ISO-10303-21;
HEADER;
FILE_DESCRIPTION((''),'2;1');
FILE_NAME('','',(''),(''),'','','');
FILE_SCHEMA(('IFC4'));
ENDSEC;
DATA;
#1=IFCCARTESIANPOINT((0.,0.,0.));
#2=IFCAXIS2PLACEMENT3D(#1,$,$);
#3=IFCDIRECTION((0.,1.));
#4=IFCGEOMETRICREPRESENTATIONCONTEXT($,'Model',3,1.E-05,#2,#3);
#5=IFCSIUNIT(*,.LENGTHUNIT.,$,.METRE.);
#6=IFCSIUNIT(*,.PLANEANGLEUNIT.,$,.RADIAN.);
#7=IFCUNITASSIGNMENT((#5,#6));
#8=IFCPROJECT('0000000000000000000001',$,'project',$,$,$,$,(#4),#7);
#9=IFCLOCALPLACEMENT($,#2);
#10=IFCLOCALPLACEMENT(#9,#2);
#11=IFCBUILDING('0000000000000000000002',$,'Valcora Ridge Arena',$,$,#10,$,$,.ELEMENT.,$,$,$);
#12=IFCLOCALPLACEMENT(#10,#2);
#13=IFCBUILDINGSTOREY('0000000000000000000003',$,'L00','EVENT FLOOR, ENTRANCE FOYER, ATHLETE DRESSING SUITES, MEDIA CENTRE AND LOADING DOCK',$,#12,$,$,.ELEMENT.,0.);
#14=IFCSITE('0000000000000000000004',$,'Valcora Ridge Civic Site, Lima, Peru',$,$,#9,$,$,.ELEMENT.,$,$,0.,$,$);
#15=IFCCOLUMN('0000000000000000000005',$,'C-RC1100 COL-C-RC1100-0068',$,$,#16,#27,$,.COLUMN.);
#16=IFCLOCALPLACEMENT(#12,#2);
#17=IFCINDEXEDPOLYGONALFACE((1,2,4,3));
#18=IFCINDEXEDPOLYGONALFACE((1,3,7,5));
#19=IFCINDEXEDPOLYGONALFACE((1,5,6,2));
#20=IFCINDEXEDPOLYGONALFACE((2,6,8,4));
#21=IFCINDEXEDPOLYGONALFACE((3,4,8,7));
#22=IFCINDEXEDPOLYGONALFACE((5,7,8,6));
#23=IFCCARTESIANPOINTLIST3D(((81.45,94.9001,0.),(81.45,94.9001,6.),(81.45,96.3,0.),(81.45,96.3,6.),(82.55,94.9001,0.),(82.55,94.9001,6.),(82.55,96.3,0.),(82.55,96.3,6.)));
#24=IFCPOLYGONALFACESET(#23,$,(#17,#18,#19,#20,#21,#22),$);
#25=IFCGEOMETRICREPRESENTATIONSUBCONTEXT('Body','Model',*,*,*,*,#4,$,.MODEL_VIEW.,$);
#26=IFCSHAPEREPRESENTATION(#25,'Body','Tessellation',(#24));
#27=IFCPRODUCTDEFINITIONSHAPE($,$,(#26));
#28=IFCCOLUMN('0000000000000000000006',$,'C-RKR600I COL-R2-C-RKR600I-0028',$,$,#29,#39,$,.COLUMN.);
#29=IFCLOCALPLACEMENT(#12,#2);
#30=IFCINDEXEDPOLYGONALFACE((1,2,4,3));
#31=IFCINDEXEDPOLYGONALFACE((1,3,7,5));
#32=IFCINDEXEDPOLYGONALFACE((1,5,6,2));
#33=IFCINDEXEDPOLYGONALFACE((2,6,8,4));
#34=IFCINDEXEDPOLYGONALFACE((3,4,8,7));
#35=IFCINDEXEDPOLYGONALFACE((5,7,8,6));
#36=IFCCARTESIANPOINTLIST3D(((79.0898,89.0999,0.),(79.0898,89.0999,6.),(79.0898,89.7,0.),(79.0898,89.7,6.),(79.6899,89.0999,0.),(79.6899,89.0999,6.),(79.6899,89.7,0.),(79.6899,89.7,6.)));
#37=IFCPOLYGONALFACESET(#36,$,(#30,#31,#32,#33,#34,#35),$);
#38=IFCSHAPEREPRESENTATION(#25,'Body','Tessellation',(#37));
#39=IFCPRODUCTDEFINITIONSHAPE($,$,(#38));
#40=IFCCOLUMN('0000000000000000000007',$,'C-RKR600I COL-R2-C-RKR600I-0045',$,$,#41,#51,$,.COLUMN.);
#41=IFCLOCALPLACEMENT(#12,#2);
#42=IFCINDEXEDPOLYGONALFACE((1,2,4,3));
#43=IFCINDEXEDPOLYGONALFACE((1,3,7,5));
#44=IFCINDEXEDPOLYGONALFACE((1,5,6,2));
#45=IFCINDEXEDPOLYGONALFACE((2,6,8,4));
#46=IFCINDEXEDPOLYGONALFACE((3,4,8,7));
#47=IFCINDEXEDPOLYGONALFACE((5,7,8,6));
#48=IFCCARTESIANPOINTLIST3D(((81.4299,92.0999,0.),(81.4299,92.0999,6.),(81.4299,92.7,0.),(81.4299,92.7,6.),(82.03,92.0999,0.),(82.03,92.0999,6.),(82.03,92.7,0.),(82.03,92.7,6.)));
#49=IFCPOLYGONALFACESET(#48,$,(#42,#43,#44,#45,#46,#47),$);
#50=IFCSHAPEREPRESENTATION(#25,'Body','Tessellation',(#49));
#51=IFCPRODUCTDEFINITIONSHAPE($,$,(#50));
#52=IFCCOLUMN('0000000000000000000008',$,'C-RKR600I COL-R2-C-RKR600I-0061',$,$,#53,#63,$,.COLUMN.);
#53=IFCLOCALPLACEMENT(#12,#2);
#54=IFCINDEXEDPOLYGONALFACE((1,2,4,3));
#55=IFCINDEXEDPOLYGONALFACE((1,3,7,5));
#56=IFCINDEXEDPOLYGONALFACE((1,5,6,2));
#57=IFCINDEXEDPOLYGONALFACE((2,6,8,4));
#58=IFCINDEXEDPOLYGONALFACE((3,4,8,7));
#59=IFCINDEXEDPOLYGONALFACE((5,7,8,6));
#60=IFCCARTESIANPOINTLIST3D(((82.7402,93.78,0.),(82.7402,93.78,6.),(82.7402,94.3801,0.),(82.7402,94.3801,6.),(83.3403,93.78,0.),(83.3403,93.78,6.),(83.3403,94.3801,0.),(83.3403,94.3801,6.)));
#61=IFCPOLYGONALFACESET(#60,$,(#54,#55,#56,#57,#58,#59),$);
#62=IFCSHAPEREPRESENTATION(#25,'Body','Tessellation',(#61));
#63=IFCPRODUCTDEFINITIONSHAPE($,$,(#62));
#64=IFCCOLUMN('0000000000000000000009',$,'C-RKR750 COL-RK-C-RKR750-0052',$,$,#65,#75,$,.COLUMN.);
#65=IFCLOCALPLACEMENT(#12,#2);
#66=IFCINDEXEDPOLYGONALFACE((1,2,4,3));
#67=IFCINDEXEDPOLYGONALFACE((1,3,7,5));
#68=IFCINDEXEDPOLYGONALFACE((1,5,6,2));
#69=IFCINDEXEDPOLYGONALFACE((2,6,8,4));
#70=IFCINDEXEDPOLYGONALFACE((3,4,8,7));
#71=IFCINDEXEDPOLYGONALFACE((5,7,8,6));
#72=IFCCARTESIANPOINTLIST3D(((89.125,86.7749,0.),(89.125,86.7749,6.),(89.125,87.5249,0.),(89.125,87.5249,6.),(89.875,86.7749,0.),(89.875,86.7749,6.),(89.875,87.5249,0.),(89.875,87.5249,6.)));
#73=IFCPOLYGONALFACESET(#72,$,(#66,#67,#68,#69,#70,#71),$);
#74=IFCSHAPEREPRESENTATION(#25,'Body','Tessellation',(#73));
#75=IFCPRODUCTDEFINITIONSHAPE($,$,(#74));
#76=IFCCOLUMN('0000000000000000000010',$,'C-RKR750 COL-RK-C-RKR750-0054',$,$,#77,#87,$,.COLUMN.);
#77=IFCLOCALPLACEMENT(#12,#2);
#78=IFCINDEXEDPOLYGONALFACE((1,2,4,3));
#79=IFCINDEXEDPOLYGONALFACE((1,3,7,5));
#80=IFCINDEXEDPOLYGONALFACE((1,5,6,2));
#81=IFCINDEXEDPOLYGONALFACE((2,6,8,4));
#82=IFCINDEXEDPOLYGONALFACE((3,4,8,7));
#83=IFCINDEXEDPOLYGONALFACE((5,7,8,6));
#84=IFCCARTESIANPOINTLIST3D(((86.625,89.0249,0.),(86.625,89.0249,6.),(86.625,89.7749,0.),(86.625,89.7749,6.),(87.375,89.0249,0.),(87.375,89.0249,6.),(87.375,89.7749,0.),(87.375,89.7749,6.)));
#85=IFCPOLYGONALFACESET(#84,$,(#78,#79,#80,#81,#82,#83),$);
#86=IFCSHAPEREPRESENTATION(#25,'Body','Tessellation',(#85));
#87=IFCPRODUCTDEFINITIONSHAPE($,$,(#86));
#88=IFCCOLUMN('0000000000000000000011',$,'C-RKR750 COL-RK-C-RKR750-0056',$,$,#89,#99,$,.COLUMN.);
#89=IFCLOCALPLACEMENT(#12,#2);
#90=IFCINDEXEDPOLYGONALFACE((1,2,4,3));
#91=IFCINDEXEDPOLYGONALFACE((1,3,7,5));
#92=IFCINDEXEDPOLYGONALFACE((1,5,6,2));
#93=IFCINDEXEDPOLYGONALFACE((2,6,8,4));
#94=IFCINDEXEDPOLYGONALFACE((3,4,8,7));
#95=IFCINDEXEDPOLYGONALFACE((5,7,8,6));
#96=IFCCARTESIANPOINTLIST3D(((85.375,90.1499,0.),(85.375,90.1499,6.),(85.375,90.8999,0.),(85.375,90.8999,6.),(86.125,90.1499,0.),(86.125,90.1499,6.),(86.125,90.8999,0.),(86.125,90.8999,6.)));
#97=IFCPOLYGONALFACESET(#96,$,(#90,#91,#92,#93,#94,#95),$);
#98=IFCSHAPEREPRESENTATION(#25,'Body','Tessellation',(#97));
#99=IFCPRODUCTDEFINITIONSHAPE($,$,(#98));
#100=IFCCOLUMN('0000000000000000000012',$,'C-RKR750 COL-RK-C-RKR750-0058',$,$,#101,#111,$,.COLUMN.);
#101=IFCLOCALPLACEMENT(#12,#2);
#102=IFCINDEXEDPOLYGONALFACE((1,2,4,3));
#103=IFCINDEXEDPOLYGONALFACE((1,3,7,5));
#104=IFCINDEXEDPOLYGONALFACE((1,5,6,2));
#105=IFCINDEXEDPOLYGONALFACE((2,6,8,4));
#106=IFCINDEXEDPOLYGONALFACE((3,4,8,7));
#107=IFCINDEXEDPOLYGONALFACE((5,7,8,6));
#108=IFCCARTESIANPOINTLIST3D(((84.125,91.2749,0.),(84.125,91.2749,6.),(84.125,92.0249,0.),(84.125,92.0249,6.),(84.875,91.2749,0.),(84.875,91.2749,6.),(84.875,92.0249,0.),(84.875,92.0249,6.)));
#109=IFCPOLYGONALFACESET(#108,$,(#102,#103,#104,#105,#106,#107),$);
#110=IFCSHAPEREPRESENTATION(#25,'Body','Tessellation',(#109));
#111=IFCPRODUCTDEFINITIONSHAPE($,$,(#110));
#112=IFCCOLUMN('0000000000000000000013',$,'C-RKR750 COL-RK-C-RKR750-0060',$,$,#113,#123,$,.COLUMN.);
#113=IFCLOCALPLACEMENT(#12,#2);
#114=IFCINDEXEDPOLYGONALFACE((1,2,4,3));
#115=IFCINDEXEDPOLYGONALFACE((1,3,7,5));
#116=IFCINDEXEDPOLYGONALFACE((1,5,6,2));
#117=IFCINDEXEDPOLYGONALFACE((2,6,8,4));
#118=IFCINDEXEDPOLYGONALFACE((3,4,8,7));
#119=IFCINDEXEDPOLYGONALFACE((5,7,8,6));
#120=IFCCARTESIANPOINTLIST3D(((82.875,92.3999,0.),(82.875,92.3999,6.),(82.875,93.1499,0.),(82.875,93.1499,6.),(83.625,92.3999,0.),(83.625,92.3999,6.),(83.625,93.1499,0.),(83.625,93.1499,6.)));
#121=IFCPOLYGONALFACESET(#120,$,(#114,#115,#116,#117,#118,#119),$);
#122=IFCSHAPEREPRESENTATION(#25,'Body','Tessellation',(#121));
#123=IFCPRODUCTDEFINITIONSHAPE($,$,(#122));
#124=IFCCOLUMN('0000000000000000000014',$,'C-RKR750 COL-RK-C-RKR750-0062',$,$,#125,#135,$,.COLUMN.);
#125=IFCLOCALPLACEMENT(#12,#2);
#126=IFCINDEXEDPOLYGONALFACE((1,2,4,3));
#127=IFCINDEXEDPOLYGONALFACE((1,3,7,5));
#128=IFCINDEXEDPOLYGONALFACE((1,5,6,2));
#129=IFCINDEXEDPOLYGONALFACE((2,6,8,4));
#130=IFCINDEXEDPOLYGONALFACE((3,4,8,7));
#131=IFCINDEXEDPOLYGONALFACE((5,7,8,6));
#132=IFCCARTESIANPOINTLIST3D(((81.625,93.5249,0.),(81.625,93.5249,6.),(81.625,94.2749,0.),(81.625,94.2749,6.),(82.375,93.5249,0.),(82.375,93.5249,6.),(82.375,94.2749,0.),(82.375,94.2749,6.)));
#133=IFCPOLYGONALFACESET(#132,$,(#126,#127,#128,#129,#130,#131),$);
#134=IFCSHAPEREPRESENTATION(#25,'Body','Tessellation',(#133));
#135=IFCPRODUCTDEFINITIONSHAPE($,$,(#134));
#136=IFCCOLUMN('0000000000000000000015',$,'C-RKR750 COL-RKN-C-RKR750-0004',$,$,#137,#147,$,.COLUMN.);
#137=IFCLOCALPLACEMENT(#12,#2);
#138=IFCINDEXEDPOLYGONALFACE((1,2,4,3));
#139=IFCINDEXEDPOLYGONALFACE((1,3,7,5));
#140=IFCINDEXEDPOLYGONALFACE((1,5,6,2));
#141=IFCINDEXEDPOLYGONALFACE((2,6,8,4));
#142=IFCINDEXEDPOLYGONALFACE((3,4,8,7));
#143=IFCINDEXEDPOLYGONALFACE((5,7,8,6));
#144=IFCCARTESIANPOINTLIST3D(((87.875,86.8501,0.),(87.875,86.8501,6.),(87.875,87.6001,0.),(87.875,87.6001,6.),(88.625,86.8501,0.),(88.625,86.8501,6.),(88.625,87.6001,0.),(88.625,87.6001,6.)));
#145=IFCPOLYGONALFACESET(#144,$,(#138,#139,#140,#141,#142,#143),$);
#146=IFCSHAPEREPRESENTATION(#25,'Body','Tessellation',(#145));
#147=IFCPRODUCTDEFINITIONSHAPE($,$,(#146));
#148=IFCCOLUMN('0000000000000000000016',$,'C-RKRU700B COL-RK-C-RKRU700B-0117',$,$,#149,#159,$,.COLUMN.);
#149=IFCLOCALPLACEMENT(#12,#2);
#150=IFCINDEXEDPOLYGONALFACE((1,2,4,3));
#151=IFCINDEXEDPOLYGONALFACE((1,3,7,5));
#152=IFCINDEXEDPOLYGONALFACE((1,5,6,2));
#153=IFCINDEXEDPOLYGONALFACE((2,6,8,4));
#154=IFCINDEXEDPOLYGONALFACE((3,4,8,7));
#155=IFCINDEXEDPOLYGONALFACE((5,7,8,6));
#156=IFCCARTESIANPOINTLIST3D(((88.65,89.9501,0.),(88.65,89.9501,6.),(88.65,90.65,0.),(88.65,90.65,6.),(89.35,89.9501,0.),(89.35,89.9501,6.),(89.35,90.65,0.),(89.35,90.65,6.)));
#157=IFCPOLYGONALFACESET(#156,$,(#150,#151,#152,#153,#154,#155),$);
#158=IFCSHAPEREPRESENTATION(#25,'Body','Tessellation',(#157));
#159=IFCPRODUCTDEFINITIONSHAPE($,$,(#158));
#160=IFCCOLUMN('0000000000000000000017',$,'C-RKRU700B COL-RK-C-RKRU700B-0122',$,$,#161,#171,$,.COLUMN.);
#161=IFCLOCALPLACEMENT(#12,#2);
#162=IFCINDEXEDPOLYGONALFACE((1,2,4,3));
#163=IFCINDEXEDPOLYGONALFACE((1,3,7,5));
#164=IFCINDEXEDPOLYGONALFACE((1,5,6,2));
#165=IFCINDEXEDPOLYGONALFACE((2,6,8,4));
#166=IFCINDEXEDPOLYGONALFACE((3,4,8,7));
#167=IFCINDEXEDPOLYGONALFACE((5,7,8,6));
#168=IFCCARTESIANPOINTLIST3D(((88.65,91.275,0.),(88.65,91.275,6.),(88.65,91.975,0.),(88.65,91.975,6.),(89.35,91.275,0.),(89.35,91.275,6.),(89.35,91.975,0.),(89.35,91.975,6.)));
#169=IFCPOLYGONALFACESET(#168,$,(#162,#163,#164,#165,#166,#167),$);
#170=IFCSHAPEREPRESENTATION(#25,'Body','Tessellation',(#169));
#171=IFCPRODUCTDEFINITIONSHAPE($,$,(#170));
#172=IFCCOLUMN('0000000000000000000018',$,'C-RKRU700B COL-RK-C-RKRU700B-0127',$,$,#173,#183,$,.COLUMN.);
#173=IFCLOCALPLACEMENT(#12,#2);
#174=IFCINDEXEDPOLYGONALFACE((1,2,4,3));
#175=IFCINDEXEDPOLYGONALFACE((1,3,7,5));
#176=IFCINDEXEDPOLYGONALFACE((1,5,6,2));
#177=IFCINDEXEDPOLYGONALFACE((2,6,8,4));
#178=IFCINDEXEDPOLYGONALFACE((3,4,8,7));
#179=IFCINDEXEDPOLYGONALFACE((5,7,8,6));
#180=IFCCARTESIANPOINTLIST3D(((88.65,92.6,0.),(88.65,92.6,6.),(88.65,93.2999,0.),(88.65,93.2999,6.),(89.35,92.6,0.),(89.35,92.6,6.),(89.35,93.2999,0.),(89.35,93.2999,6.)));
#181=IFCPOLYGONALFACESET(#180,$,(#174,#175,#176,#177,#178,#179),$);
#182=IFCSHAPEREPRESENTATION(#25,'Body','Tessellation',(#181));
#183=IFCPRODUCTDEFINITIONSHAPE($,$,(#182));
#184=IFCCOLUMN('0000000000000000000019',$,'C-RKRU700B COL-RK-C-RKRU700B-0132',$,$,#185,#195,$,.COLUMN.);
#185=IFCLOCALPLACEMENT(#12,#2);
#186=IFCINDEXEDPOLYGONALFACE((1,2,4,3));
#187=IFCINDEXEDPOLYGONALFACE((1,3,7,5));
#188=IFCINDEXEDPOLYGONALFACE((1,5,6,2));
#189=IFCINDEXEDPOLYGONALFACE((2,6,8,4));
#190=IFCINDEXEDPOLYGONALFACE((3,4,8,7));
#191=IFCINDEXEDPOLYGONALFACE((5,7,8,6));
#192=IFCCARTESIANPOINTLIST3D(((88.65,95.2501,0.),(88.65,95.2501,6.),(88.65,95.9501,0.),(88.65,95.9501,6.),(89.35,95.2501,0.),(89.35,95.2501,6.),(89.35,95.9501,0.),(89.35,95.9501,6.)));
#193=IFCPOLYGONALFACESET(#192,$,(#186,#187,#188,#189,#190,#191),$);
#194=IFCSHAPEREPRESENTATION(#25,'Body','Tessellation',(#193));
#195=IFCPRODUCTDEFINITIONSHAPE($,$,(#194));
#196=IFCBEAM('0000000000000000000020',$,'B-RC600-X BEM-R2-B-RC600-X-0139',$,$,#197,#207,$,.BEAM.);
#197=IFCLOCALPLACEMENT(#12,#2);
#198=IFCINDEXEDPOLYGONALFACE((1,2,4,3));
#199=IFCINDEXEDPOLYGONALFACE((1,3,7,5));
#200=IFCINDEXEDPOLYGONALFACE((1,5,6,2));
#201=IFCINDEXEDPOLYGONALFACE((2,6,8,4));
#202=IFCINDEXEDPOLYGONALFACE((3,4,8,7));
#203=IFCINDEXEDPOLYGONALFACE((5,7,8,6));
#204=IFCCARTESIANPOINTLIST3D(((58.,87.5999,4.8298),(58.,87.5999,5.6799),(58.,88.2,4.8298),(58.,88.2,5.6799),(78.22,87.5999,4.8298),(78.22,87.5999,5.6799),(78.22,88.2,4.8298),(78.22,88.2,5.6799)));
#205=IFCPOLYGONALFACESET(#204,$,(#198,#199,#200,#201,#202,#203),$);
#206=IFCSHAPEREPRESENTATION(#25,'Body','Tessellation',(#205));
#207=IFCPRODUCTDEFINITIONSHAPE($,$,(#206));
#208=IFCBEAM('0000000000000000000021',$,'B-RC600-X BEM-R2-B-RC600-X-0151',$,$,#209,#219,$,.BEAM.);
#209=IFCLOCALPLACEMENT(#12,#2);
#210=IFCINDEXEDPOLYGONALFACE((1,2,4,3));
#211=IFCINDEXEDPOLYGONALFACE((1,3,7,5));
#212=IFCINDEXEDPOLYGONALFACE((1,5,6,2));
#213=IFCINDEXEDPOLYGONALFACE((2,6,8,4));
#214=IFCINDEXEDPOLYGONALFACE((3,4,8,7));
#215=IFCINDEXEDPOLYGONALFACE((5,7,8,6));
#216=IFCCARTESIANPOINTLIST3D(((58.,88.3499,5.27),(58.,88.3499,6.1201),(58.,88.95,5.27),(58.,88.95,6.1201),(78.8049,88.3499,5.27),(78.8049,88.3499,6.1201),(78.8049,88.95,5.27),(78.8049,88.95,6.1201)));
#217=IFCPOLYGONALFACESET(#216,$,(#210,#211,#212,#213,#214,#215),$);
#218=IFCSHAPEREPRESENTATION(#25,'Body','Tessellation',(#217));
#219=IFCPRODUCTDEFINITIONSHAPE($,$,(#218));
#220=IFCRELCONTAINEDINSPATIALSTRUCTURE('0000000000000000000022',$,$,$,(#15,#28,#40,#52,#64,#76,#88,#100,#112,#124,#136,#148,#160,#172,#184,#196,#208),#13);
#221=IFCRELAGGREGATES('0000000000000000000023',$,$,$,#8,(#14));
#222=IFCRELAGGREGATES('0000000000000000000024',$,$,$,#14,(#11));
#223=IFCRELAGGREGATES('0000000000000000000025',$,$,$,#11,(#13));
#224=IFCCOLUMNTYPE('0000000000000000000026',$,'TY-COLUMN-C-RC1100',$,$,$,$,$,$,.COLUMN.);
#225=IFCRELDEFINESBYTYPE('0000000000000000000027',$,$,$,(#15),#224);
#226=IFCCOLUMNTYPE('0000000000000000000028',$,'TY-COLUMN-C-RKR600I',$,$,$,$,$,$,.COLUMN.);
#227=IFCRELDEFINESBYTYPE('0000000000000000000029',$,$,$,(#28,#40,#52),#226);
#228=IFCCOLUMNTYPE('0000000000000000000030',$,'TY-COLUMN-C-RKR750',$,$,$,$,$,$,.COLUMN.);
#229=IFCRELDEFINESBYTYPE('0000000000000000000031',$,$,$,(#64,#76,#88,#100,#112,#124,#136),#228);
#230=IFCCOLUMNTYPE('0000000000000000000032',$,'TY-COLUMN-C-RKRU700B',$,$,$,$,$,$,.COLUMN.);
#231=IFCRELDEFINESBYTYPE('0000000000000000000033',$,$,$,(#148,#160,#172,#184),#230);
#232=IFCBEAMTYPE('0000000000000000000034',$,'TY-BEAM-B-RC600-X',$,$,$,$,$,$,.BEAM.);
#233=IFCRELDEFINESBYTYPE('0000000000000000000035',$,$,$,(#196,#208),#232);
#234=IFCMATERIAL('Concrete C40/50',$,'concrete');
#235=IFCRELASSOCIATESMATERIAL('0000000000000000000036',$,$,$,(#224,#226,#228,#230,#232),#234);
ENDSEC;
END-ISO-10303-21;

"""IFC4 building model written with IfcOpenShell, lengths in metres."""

from ifc_helpers import new_model, si_unit, direction, frame, origin, origin_2d, place, context, subcontext, project, spatial, rectangle, extrude, material, material_profile, profile_set, type_object, element, save


model = new_model("IFC4")

# Units and contexts
model_context = context("Model", 3, precision=1e-05, world=origin(), true_north=direction((0.0, 1.0)))
body_context = subcontext(model_context, "Body", "Model", "MODEL_VIEW")
ifc_project = project(units=[si_unit("LENGTHUNIT", "METRE"), si_unit("PLANEANGLEUNIT", "RADIAN")], contexts=[model_context])

# Site, building, storey
site_placement = place(None, origin())
site = spatial("IfcSite", under=ifc_project, at=site_placement, Name="Valcora Ridge Civic Site, Lima, Peru", CompositionType="ELEMENT", RefElevation=0.0)
building_placement = place(site_placement, origin())
building = spatial("IfcBuilding", under=site, at=building_placement, Name="Valcora Ridge Arena", CompositionType="ELEMENT")
storey_placement = place(building_placement, origin())
storey = spatial("IfcBuildingStorey", under=building, at=storey_placement, Name="L00", Description="EVENT FLOOR, ENTRANCE FOYER, ATHLETE DRESSING SUITES, MEDIA CENTRE AND LOADING DOCK", CompositionType="ELEMENT", Elevation=0.0)

# Columns
ifc_material_1 = material(Name="Concrete C40/50", Category="concrete")
ifc_material_profile_1 = material_profile(ifc_material_1, rectangle(XDim=1.1001, YDim=1.3999, at=origin_2d()), Name="RC 1100x1400")
ifc_profile_set_1 = profile_set([ifc_material_profile_1], Name="Concrete C40/50")
column_type_1 = type_object("IfcColumnType", Name="TY-COLUMN-C-RC1100", PredefinedType="COLUMN", material=ifc_profile_set_1)
column_placement = place(storey_placement, frame((82.0, 95.6001, 0.0), z_axis=(0.0, 0.0, 1.0), x_axis=(1.0, 0.0, 0.0)))
element("IfcColumn", 1, at=column_placement, inside=storey, type_object=column_type_1, Name="C-RC1100 COL-C-RC1100-0068", PredefinedType="COLUMN", context=body_context, shape_type="SweptSolid", body=[
    extrude(rectangle(XDim=1.1001, YDim=1.3999, at=origin_2d()), origin(), (0.0, 0.0, 1.0), 6.0),
])
ifc_material_profile_2 = material_profile(ifc_material_1, rectangle(XDim=0.6001, YDim=0.6001, at=origin_2d()), Name="RC 600x600")
ifc_profile_set_2 = profile_set([ifc_material_profile_2], Name="Concrete C40/50")
column_type_2 = type_object("IfcColumnType", Name="TY-COLUMN-C-RKR600I", PredefinedType="COLUMN", material=ifc_profile_set_2)
for number, where, z_axis, x_axis, name in (
    (2, (79.3899, 89.3999, 0.0), (0.0, 0.0, 1.0), (1.0, 0.0, 0.0), "C-RKR600I COL-R2-C-RKR600I-0028"),
    (3, (81.73, 92.3999, 0.0), (0.0, 0.0, 1.0), (1.0, 0.0, 0.0), "C-RKR600I COL-R2-C-RKR600I-0045"),
    (4, (83.0403, 94.0801, 0.0), (0.0, 0.0, 1.0), (1.0, 0.0, 0.0), "C-RKR600I COL-R2-C-RKR600I-0061"),
):
    element("IfcColumn", number, at=place(storey_placement, frame(where, z_axis=z_axis, x_axis=x_axis)), inside=storey, type_object=column_type_2, Name=name, PredefinedType="COLUMN", context=body_context, shape_type="SweptSolid", body=[
        extrude(rectangle(XDim=0.6001, YDim=0.6001, at=origin_2d()), origin(), (0.0, 0.0, 1.0), 6.0),
    ])
ifc_material_profile_3 = material_profile(ifc_material_1, rectangle(XDim=0.75, YDim=0.75, at=origin_2d()), Name="RC 750x750")
ifc_profile_set_3 = profile_set([ifc_material_profile_3], Name="Concrete C40/50")
column_type_3 = type_object("IfcColumnType", Name="TY-COLUMN-C-RKR750", PredefinedType="COLUMN", material=ifc_profile_set_3)
for number, where, z_axis, x_axis, name in (
    (5, (89.5, 87.1499, 0.0), (0.0, 0.0, 1.0), (1.0, 0.0, 0.0), "C-RKR750 COL-RK-C-RKR750-0052"),
    (6, (87.0, 89.3999, 0.0), (0.0, 0.0, 1.0), (1.0, 0.0, 0.0), "C-RKR750 COL-RK-C-RKR750-0054"),
    (7, (85.75, 90.5249, 0.0), (0.0, 0.0, 1.0), (1.0, 0.0, 0.0), "C-RKR750 COL-RK-C-RKR750-0056"),
    (8, (84.5, 91.6499, 0.0), (0.0, 0.0, 1.0), (1.0, 0.0, 0.0), "C-RKR750 COL-RK-C-RKR750-0058"),
    (9, (83.25, 92.7749, 0.0), (0.0, 0.0, 1.0), (1.0, 0.0, 0.0), "C-RKR750 COL-RK-C-RKR750-0060"),
    (10, (82.0, 93.8999, 0.0), (0.0, 0.0, 1.0), (1.0, 0.0, 0.0), "C-RKR750 COL-RK-C-RKR750-0062"),
    (11, (88.25, 87.2251, 0.0), (0.0, 0.0, 1.0), (1.0, 0.0, 0.0), "C-RKR750 COL-RKN-C-RKR750-0004"),
):
    element("IfcColumn", number, at=place(storey_placement, frame(where, z_axis=z_axis, x_axis=x_axis)), inside=storey, type_object=column_type_3, Name=name, PredefinedType="COLUMN", context=body_context, shape_type="SweptSolid", body=[
        extrude(rectangle(XDim=0.75, YDim=0.75, at=origin_2d()), origin(), (0.0, 0.0, 1.0), 6.0),
    ])
ifc_material_profile_4 = material_profile(ifc_material_1, rectangle(XDim=0.7, YDim=0.7, at=origin_2d()), Name="RC 700x700")
ifc_profile_set_4 = profile_set([ifc_material_profile_4], Name="Concrete C40/50")
column_type_4 = type_object("IfcColumnType", Name="TY-COLUMN-C-RKRU700B", PredefinedType="COLUMN", material=ifc_profile_set_4)
for number, where, z_axis, x_axis, name in (
    (12, (89.0, 90.3, 0.0), (0.0, 0.0, 1.0), (1.0, 0.0, 0.0), "C-RKRU700B COL-RK-C-RKRU700B-0117"),
    (13, (89.0, 91.625, 0.0), (0.0, 0.0, 1.0), (1.0, 0.0, 0.0), "C-RKRU700B COL-RK-C-RKRU700B-0122"),
    (14, (89.0, 92.95, 0.0), (0.0, 0.0, 1.0), (1.0, 0.0, 0.0), "C-RKRU700B COL-RK-C-RKRU700B-0127"),
    (15, (89.0, 95.6001, 0.0), (0.0, 0.0, 1.0), (1.0, 0.0, 0.0), "C-RKRU700B COL-RK-C-RKRU700B-0132"),
):
    element("IfcColumn", number, at=place(storey_placement, frame(where, z_axis=z_axis, x_axis=x_axis)), inside=storey, type_object=column_type_4, Name=name, PredefinedType="COLUMN", context=body_context, shape_type="SweptSolid", body=[
        extrude(rectangle(XDim=0.7, YDim=0.7, at=origin_2d()), origin(), (0.0, 0.0, 1.0), 6.0),
    ])

# Beams
ifc_material_profile_5 = material_profile(ifc_material_1, rectangle(XDim=0.6001, YDim=0.8501, at=origin_2d()), Name="RC 600x850")
ifc_profile_set_5 = profile_set([ifc_material_profile_5], Name="Concrete C40/50")
beam_type_1 = type_object("IfcBeamType", Name="TY-BEAM-B-RC600-X", PredefinedType="BEAM", material=ifc_profile_set_5)
beam_1_placement = place(storey_placement, frame((78.22, 87.8999, 5.2549), z_axis=(-1.0, 0.0, 0.0), x_axis=(0.0, -1.0, 0.0)))
element("IfcBeam", 16, at=beam_1_placement, inside=storey, type_object=beam_type_1, Name="B-RC600-X BEM-R2-B-RC600-X-0139", PredefinedType="BEAM", context=body_context, shape_type="SweptSolid", body=[
    extrude(rectangle(XDim=0.6001, YDim=0.8501, at=origin_2d()), origin(), (0.0, 0.0, 1.0), 20.22),
])
beam_2_placement = place(storey_placement, frame((78.8049, 88.6499, 5.6951), z_axis=(-1.0, 0.0, 0.0), x_axis=(0.0, -1.0, 0.0)))
element("IfcBeam", 17, at=beam_2_placement, inside=storey, type_object=beam_type_1, Name="B-RC600-X BEM-R2-B-RC600-X-0151", PredefinedType="BEAM", context=body_context, shape_type="SweptSolid", body=[
    extrude(rectangle(XDim=0.6001, YDim=0.8501, at=origin_2d()), origin(), (0.0, 0.0, 1.0), 20.8049),
])

save(model, "model.ifc")
